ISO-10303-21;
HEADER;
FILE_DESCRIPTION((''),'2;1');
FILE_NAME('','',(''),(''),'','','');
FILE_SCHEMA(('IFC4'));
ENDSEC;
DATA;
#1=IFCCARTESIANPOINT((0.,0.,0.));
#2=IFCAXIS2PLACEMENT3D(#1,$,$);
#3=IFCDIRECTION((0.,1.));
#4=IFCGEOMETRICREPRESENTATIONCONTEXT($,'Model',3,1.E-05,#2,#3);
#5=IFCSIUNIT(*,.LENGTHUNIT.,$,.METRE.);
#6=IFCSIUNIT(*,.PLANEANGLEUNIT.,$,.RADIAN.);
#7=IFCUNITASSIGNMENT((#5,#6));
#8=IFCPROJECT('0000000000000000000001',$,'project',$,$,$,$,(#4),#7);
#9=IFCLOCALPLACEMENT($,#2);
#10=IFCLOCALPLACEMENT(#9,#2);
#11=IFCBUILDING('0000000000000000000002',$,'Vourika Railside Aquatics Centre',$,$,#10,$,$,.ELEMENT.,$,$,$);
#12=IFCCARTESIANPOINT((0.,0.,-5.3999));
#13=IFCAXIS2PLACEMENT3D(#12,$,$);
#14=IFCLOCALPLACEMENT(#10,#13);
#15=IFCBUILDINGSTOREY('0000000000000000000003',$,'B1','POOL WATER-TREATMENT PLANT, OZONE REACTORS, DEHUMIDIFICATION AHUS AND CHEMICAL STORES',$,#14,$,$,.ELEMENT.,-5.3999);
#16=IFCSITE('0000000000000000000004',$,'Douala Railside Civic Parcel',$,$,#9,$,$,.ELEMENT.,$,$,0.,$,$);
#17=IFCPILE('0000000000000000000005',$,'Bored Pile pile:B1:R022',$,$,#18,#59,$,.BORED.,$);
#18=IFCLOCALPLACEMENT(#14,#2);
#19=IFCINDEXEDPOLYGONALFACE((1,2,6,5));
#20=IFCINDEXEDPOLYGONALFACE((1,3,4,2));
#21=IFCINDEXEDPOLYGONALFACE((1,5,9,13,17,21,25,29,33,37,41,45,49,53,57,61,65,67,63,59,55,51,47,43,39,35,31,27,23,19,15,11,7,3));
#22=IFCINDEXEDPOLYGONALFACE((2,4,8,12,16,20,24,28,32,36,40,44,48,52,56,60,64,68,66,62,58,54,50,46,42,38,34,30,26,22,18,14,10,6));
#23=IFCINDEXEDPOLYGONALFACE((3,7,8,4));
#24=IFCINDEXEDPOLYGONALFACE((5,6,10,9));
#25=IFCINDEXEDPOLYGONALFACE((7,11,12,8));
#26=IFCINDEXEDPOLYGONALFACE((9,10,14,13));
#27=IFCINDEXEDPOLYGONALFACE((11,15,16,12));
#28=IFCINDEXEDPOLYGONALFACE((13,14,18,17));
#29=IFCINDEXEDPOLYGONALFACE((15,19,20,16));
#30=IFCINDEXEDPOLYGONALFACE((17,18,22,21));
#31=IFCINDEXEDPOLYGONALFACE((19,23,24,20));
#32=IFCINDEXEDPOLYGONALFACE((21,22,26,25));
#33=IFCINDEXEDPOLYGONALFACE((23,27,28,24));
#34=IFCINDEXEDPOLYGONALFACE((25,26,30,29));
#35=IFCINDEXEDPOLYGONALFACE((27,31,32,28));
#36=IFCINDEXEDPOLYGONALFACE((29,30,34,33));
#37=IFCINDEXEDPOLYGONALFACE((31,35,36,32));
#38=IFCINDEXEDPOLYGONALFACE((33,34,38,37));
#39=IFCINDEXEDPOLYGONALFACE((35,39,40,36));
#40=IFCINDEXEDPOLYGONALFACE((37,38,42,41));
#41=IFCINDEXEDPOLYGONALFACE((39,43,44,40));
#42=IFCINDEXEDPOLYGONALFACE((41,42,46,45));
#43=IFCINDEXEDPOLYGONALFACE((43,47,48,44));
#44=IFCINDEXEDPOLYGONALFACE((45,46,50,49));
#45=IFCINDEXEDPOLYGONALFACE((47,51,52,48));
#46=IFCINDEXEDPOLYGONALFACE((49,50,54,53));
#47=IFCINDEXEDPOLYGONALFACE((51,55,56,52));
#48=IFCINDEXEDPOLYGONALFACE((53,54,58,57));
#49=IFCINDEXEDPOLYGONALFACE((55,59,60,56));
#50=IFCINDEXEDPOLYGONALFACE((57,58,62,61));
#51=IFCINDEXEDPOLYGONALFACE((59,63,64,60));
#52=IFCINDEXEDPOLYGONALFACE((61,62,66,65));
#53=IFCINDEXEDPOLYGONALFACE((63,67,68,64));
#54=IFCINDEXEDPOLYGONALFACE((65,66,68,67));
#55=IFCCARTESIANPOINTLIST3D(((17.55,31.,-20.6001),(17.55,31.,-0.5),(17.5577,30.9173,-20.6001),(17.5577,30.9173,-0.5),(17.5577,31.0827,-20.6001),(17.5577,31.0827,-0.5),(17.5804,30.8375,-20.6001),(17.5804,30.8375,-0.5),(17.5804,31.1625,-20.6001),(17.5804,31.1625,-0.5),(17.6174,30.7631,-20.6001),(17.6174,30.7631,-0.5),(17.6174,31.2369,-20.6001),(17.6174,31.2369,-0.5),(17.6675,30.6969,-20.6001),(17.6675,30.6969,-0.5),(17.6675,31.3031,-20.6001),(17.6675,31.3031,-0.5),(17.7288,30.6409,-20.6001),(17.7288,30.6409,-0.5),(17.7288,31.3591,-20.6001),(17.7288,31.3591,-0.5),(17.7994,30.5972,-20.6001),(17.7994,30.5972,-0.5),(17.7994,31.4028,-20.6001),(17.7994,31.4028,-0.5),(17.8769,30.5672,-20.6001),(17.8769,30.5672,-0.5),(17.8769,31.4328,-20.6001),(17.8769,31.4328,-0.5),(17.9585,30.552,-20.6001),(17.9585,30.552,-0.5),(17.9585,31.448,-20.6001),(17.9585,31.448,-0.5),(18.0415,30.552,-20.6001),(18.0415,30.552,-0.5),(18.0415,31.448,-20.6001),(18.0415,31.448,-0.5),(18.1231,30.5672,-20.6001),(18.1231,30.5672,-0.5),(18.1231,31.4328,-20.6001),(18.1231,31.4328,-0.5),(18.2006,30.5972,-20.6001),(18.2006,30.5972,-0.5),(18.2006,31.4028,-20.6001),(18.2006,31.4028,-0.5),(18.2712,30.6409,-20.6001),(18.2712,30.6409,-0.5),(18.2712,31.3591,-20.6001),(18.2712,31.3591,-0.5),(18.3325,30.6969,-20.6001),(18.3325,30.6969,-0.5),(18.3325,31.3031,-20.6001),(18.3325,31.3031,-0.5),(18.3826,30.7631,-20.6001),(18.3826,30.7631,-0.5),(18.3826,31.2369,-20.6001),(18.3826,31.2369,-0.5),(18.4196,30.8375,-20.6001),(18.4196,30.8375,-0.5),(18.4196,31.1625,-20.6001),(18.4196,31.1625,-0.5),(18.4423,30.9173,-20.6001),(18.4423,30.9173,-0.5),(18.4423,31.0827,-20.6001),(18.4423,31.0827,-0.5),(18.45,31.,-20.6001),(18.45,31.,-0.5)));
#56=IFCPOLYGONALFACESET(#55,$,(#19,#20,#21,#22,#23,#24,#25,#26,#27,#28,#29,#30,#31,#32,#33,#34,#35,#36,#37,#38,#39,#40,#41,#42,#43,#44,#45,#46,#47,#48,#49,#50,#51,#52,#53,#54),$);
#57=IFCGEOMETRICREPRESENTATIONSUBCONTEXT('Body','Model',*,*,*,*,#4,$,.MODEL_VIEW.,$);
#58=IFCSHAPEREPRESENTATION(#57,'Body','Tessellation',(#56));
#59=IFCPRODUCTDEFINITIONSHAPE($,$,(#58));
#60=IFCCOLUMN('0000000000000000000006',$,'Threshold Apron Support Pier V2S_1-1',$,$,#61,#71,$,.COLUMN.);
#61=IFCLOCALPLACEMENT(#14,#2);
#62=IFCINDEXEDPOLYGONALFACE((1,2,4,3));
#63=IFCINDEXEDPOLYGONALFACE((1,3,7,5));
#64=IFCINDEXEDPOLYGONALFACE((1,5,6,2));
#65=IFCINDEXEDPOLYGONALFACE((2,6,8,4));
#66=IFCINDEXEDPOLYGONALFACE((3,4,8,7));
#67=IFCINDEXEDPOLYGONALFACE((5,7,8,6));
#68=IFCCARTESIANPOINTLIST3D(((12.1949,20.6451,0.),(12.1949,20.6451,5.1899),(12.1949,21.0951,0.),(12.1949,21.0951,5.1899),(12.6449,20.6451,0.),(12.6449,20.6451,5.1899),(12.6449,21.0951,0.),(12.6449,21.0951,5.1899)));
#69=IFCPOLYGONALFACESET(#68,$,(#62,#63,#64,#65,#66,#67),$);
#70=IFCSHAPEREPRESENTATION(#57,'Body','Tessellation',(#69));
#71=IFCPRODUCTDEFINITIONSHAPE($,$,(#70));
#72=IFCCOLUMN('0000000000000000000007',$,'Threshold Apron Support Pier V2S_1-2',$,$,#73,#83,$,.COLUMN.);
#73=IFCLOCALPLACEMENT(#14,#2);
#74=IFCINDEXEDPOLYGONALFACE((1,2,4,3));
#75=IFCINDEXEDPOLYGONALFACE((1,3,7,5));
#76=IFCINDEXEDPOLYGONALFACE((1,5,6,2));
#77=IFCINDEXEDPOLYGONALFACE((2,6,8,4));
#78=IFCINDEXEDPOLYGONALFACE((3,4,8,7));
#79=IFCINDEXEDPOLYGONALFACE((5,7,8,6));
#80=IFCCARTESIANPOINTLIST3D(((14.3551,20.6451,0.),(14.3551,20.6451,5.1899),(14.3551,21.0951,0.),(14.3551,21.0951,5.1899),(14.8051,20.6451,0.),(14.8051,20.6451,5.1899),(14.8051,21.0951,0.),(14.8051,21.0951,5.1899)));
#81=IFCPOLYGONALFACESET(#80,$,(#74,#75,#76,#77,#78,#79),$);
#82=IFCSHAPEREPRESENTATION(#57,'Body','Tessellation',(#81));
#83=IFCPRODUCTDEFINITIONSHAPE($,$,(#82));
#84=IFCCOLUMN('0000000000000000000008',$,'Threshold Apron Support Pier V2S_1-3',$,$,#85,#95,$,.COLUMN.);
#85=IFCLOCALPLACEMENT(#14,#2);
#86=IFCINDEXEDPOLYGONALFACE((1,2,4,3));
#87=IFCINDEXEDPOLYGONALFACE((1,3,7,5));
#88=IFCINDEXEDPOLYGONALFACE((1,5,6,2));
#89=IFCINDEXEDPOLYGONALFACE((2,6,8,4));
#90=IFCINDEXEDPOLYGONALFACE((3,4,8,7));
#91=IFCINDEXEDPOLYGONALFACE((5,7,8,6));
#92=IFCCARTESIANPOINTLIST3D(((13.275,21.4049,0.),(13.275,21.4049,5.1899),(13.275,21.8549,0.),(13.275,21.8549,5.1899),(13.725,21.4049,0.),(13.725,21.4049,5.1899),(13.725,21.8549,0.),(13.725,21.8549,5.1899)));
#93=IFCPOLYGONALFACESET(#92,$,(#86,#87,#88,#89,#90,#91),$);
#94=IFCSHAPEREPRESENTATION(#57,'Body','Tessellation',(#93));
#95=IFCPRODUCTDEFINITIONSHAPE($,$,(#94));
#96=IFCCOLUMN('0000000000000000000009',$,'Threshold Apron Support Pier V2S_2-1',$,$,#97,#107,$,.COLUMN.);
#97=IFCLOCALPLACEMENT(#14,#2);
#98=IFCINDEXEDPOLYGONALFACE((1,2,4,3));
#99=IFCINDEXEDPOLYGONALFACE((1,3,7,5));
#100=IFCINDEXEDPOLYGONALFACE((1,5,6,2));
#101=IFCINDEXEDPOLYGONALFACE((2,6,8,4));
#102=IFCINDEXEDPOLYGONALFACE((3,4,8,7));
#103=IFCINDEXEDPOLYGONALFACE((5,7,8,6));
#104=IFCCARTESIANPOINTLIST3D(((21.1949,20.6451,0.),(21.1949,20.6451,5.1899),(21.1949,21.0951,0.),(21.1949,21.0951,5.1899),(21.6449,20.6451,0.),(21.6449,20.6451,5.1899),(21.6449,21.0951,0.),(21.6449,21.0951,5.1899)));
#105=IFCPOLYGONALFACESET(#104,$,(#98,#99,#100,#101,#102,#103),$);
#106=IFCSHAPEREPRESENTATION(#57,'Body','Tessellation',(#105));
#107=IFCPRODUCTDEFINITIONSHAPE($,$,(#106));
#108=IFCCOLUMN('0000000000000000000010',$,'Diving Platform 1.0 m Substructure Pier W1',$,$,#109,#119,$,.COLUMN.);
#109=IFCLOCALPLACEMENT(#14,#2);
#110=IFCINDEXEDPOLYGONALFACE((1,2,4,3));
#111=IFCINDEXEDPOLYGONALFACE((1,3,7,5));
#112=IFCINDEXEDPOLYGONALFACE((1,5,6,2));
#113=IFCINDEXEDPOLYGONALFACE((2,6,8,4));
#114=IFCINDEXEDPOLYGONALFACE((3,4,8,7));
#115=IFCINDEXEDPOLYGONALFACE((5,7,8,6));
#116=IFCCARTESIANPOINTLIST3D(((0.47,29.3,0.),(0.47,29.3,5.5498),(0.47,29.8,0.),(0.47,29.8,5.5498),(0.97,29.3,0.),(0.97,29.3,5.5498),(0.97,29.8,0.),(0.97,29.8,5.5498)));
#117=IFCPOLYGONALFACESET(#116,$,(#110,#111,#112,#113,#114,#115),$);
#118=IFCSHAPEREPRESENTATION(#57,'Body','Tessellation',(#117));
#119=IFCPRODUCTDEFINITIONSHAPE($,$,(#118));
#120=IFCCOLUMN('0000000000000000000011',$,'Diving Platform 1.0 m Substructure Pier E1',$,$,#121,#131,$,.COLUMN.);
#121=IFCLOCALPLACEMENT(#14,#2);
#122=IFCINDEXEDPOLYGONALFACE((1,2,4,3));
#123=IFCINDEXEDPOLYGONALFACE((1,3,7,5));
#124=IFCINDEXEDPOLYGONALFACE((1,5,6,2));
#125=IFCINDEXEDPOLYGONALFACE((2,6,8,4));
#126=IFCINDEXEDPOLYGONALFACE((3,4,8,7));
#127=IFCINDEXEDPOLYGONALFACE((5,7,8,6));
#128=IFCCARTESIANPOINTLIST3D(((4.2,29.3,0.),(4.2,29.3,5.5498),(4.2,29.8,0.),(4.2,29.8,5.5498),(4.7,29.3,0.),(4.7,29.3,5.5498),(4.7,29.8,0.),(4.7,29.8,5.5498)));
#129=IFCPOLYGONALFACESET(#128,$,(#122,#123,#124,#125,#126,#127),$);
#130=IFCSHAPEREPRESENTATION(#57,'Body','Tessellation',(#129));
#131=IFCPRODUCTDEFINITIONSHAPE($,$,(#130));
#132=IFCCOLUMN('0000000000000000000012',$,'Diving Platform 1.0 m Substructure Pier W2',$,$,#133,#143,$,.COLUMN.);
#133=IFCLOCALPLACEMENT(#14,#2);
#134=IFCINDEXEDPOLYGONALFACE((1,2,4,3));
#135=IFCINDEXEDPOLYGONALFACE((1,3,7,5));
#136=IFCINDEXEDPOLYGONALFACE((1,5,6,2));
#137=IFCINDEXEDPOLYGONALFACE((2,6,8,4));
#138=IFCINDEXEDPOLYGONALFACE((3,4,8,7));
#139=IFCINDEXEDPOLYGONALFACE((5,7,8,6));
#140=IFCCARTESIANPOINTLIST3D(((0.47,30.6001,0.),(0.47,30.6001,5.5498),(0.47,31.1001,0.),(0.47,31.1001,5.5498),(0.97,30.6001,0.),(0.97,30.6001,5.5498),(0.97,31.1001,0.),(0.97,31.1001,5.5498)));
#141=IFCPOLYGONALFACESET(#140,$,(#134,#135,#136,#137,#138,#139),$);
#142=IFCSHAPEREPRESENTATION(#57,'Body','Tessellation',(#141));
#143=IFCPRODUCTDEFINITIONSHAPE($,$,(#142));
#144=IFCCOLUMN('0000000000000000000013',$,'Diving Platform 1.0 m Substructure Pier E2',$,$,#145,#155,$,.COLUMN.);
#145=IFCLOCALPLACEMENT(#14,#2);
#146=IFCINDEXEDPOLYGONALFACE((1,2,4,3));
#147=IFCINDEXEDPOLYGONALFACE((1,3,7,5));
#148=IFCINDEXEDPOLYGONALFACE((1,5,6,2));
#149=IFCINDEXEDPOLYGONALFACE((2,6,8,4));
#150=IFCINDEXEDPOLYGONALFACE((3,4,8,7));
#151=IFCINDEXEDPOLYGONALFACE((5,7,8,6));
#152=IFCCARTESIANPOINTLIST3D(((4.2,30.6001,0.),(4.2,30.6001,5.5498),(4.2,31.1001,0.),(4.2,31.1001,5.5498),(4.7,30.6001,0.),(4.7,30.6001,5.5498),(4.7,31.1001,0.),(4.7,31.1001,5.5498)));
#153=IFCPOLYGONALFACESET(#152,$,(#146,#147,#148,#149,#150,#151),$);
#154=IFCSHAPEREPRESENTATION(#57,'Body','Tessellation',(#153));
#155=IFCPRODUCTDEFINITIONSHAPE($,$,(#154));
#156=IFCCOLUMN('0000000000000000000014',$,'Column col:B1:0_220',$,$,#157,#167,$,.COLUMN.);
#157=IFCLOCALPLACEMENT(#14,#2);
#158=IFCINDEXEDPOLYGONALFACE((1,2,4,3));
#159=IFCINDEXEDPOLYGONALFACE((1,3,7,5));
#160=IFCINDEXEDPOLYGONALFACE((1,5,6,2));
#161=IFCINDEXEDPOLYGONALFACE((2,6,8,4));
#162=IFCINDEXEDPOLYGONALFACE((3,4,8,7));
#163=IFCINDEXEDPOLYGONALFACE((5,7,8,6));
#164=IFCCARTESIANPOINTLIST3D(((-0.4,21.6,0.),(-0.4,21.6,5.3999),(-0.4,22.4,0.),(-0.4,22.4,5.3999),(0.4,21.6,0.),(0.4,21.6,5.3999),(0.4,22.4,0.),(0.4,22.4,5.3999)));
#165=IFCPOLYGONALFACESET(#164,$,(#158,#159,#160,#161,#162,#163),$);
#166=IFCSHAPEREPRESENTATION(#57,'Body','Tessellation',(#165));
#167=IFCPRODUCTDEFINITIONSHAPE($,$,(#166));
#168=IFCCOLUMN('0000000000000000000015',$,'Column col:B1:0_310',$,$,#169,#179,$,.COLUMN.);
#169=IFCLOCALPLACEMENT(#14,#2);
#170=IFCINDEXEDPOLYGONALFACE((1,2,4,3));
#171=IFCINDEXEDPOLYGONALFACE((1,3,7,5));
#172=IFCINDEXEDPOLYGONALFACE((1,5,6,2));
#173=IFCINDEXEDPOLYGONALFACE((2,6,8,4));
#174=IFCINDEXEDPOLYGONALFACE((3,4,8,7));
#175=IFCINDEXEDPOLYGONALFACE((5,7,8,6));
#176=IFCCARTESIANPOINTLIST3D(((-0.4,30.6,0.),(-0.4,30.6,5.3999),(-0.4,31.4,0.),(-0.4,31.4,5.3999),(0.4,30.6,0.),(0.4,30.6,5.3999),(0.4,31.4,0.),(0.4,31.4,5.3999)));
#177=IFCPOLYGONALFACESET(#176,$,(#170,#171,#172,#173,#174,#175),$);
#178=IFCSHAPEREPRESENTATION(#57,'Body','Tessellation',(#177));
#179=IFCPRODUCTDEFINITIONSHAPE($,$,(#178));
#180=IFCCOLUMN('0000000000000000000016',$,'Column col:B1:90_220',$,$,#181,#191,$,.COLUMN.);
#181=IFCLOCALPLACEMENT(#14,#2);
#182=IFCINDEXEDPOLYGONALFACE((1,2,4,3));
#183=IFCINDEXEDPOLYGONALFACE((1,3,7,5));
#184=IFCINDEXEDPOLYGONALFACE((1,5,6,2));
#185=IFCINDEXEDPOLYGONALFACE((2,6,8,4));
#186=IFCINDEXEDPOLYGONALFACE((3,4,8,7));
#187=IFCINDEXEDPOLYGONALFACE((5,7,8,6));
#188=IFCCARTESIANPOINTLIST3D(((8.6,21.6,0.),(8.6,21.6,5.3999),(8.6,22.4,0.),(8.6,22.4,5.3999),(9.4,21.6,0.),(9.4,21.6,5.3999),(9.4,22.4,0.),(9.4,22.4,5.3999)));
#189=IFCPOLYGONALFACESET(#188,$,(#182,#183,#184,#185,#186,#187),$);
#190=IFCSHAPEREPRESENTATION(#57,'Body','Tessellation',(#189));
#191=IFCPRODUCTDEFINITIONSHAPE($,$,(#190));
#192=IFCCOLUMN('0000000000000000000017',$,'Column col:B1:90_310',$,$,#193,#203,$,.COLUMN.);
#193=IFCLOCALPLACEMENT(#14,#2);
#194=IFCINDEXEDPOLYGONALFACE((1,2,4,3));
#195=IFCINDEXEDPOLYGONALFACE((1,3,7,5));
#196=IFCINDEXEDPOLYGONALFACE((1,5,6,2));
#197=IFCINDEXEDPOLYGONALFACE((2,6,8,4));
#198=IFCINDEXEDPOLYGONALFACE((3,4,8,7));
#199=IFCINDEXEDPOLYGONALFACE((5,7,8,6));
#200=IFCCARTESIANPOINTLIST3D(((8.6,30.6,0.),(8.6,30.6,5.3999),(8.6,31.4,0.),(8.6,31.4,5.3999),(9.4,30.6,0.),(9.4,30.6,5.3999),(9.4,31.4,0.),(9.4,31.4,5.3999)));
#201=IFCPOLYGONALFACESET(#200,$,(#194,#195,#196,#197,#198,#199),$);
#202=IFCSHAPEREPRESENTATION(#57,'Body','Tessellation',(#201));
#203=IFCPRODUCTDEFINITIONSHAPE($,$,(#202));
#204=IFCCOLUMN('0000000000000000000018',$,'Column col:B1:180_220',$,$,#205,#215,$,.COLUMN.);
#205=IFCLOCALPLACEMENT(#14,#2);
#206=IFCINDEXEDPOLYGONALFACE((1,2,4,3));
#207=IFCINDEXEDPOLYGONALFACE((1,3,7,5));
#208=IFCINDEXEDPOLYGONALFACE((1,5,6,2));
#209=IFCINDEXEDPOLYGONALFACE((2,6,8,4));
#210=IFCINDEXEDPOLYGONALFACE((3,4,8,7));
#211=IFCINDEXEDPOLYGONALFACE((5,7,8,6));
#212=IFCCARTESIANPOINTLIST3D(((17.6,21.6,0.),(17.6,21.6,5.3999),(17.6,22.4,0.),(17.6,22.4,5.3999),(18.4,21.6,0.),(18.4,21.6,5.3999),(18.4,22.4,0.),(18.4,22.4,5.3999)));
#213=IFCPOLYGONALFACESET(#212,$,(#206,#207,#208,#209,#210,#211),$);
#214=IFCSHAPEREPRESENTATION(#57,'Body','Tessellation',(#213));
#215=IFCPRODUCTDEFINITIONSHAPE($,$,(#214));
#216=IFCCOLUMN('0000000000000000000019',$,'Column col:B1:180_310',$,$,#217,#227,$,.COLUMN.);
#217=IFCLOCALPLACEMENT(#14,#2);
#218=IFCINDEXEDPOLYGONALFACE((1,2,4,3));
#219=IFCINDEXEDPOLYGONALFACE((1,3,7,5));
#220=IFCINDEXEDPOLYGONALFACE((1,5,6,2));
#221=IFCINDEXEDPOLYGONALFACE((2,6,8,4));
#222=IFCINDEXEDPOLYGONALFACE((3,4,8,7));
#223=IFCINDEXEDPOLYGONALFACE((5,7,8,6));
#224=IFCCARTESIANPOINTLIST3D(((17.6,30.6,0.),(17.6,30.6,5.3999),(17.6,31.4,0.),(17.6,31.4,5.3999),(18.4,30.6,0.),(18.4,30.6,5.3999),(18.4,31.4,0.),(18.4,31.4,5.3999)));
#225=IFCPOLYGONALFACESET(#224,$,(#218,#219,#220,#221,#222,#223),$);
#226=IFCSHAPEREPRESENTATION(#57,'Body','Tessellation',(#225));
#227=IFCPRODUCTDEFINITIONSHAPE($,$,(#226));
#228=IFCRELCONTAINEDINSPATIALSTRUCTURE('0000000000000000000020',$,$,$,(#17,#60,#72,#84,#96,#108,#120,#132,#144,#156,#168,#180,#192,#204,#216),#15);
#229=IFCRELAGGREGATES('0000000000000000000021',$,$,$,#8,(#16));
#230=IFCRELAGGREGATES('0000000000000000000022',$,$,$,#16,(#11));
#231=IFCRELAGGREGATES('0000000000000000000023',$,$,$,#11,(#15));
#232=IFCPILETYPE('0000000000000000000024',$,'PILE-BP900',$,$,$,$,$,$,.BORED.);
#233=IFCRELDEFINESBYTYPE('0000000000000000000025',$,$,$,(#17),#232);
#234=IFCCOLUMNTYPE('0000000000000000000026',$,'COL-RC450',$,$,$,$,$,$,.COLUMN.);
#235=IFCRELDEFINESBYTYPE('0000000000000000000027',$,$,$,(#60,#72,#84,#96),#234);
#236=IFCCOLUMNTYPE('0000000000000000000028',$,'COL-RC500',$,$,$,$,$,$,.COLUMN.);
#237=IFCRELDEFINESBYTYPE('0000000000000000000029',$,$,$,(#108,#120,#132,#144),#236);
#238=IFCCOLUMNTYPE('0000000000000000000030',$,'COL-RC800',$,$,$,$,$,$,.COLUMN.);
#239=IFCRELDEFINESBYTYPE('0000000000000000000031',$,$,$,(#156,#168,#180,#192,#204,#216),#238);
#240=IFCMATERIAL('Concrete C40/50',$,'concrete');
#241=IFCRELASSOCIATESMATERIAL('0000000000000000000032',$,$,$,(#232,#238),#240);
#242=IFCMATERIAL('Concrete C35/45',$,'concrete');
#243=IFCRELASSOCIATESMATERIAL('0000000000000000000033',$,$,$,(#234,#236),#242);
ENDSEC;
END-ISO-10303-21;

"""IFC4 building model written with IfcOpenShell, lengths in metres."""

from ifc_helpers import new_model, si_unit, direction, frame, origin, origin_2d, place, context, subcontext, project, spatial, rectangle, circle, extrude, material, material_profile, profile_set, type_object, element, save


model = new_model("IFC4")

# Units and contexts
model_context = context("Model", 3, precision=1e-05, world=origin(), true_north=direction((0.0, 1.0)))
body_context = subcontext(model_context, "Body", "Model", "MODEL_VIEW")
ifc_project = project(units=[si_unit("LENGTHUNIT", "METRE"), si_unit("PLANEANGLEUNIT", "RADIAN")], contexts=[model_context])

# Site, building, storey
site_placement = place(None, origin())
site = spatial("IfcSite", under=ifc_project, at=site_placement, Name="Douala Railside Civic Parcel", CompositionType="ELEMENT", RefElevation=0.0)
building_placement = place(site_placement, origin())
building = spatial("IfcBuilding", under=site, at=building_placement, Name="Vourika Railside Aquatics Centre", CompositionType="ELEMENT")
storey_placement = place(building_placement, frame((0.0, 0.0, -5.3999)))
storey = spatial("IfcBuildingStorey", under=building, at=storey_placement, Name="B1", Description="POOL WATER-TREATMENT PLANT, OZONE REACTORS, DEHUMIDIFICATION AHUS AND CHEMICAL STORES", CompositionType="ELEMENT", Elevation=-5.3999)

# Pile
ifc_material_1 = material(Name="Concrete C40/50", Category="concrete")
ifc_material_profile_1 = material_profile(ifc_material_1, circle(Radius=0.45, at=origin_2d()), Name="BP 900")
ifc_profile_set_1 = profile_set([ifc_material_profile_1], Name="Concrete C40/50")
pile_type_1 = type_object("IfcPileType", Name="PILE-BP900", PredefinedType="BORED", material=ifc_profile_set_1)
for number, where, z_axis, x_axis, name in (
    (1, (18.0, 31.0, -0.5), (0.0, 0.0, -1.0), (1.0, 0.0, 0.0), "Bored Pile pile:B1:R022"),
):
    element("IfcPile", number, at=place(storey_placement, frame(where, z_axis=z_axis, x_axis=x_axis)), inside=storey, type_object=pile_type_1, Name=name, PredefinedType="BORED", context=body_context, shape_type="SweptSolid", body=[
        extrude(circle(Radius=0.45, at=origin_2d()), origin(), (0.0, 0.0, 1.0), 20.1001),
    ])

# Columns
ifc_material_2 = material(Name="Concrete C35/45", Category="concrete")
ifc_material_profile_2 = material_profile(ifc_material_2, rectangle(XDim=0.45, YDim=0.45, at=origin_2d()), Name="RC 450x450")
ifc_profile_set_2 = profile_set([ifc_material_profile_2], Name="Concrete C35/45")
column_type_1 = type_object("IfcColumnType", Name="COL-RC450", PredefinedType="COLUMN", material=ifc_profile_set_2)
for number, where, z_axis, x_axis, name in (
    (2, (12.4199, 20.8701, 0.0), (0.0, 0.0, 1.0), (1.0, 0.0, 0.0), "Threshold Apron Support Pier V2S_1-1"),
    (3, (14.5801, 20.8701, 0.0), (0.0, 0.0, 1.0), (1.0, 0.0, 0.0), "Threshold Apron Support Pier V2S_1-2"),
    (4, (13.5, 21.6299, 0.0), (0.0, 0.0, 1.0), (1.0, 0.0, 0.0), "Threshold Apron Support Pier V2S_1-3"),
    (5, (21.4199, 20.8701, 0.0), (0.0, 0.0, 1.0), (1.0, 0.0, 0.0), "Threshold Apron Support Pier V2S_2-1"),
):
    element("IfcColumn", number, at=place(storey_placement, frame(where, z_axis=z_axis, x_axis=x_axis)), inside=storey, type_object=column_type_1, Name=name, PredefinedType="COLUMN", context=body_context, shape_type="SweptSolid", body=[
        extrude(rectangle(XDim=0.45, YDim=0.45, at=origin_2d()), origin(), (0.0, 0.0, 1.0), 5.1899),
    ])
ifc_material_profile_3 = material_profile(ifc_material_2, rectangle(XDim=0.5, YDim=0.5, at=origin_2d()), Name="RC 500x500")
ifc_profile_set_3 = profile_set([ifc_material_profile_3], Name="Concrete C35/45")
column_type_2 = type_object("IfcColumnType", Name="COL-RC500", PredefinedType="COLUMN", material=ifc_profile_set_3)
for number, where, z_axis, x_axis, name in (
    (6, (0.72, 29.55, 0.0), (0.0, 0.0, 1.0), (1.0, 0.0, 0.0), "Diving Platform 1.0 m Substructure Pier W1"),
    (7, (4.45, 29.55, 0.0), (0.0, 0.0, 1.0), (1.0, 0.0, 0.0), "Diving Platform 1.0 m Substructure Pier E1"),
    (8, (0.72, 30.8501, 0.0), (0.0, 0.0, 1.0), (1.0, 0.0, 0.0), "Diving Platform 1.0 m Substructure Pier W2"),
    (9, (4.45, 30.8501, 0.0), (0.0, 0.0, 1.0), (1.0, 0.0, 0.0), "Diving Platform 1.0 m Substructure Pier E2"),
):
    element("IfcColumn", number, at=place(storey_placement, frame(where, z_axis=z_axis, x_axis=x_axis)), inside=storey, type_object=column_type_2, Name=name, PredefinedType="COLUMN", context=body_context, shape_type="SweptSolid", body=[
        extrude(rectangle(XDim=0.5, YDim=0.5, at=origin_2d()), origin(), (0.0, 0.0, 1.0), 5.5498),
    ])
ifc_material_profile_4 = material_profile(ifc_material_1, rectangle(XDim=0.8, YDim=0.8, at=origin_2d()), Name="RC 800x800")
ifc_profile_set_4 = profile_set([ifc_material_profile_4], Name="Concrete C40/50")
column_type_3 = type_object("IfcColumnType", Name="COL-RC800", PredefinedType="COLUMN", material=ifc_profile_set_4)
for number, where, z_axis, x_axis, name in (
    (10, (0.0, 22.0, 0.0), (0.0, 0.0, 1.0), (1.0, 0.0, 0.0), "Column col:B1:0_220"),
    (11, (0.0, 31.0, 0.0), (0.0, 0.0, 1.0), (1.0, 0.0, 0.0), "Column col:B1:0_310"),
    (12, (9.0, 22.0, 0.0), (0.0, 0.0, 1.0), (1.0, 0.0, 0.0), "Column col:B1:90_220"),
    (13, (9.0, 31.0, 0.0), (0.0, 0.0, 1.0), (1.0, 0.0, 0.0), "Column col:B1:90_310"),
    (14, (18.0, 22.0, 0.0), (0.0, 0.0, 1.0), (1.0, 0.0, 0.0), "Column col:B1:180_220"),
    (15, (18.0, 31.0, 0.0), (0.0, 0.0, 1.0), (1.0, 0.0, 0.0), "Column col:B1:180_310"),
):
    element("IfcColumn", number, at=place(storey_placement, frame(where, z_axis=z_axis, x_axis=x_axis)), inside=storey, type_object=column_type_3, Name=name, PredefinedType="COLUMN", context=body_context, shape_type="SweptSolid", body=[
        extrude(rectangle(XDim=0.8, YDim=0.8, at=origin_2d()), origin(), (0.0, 0.0, 1.0), 5.3999),
    ])

save(model, "model.ifc")
